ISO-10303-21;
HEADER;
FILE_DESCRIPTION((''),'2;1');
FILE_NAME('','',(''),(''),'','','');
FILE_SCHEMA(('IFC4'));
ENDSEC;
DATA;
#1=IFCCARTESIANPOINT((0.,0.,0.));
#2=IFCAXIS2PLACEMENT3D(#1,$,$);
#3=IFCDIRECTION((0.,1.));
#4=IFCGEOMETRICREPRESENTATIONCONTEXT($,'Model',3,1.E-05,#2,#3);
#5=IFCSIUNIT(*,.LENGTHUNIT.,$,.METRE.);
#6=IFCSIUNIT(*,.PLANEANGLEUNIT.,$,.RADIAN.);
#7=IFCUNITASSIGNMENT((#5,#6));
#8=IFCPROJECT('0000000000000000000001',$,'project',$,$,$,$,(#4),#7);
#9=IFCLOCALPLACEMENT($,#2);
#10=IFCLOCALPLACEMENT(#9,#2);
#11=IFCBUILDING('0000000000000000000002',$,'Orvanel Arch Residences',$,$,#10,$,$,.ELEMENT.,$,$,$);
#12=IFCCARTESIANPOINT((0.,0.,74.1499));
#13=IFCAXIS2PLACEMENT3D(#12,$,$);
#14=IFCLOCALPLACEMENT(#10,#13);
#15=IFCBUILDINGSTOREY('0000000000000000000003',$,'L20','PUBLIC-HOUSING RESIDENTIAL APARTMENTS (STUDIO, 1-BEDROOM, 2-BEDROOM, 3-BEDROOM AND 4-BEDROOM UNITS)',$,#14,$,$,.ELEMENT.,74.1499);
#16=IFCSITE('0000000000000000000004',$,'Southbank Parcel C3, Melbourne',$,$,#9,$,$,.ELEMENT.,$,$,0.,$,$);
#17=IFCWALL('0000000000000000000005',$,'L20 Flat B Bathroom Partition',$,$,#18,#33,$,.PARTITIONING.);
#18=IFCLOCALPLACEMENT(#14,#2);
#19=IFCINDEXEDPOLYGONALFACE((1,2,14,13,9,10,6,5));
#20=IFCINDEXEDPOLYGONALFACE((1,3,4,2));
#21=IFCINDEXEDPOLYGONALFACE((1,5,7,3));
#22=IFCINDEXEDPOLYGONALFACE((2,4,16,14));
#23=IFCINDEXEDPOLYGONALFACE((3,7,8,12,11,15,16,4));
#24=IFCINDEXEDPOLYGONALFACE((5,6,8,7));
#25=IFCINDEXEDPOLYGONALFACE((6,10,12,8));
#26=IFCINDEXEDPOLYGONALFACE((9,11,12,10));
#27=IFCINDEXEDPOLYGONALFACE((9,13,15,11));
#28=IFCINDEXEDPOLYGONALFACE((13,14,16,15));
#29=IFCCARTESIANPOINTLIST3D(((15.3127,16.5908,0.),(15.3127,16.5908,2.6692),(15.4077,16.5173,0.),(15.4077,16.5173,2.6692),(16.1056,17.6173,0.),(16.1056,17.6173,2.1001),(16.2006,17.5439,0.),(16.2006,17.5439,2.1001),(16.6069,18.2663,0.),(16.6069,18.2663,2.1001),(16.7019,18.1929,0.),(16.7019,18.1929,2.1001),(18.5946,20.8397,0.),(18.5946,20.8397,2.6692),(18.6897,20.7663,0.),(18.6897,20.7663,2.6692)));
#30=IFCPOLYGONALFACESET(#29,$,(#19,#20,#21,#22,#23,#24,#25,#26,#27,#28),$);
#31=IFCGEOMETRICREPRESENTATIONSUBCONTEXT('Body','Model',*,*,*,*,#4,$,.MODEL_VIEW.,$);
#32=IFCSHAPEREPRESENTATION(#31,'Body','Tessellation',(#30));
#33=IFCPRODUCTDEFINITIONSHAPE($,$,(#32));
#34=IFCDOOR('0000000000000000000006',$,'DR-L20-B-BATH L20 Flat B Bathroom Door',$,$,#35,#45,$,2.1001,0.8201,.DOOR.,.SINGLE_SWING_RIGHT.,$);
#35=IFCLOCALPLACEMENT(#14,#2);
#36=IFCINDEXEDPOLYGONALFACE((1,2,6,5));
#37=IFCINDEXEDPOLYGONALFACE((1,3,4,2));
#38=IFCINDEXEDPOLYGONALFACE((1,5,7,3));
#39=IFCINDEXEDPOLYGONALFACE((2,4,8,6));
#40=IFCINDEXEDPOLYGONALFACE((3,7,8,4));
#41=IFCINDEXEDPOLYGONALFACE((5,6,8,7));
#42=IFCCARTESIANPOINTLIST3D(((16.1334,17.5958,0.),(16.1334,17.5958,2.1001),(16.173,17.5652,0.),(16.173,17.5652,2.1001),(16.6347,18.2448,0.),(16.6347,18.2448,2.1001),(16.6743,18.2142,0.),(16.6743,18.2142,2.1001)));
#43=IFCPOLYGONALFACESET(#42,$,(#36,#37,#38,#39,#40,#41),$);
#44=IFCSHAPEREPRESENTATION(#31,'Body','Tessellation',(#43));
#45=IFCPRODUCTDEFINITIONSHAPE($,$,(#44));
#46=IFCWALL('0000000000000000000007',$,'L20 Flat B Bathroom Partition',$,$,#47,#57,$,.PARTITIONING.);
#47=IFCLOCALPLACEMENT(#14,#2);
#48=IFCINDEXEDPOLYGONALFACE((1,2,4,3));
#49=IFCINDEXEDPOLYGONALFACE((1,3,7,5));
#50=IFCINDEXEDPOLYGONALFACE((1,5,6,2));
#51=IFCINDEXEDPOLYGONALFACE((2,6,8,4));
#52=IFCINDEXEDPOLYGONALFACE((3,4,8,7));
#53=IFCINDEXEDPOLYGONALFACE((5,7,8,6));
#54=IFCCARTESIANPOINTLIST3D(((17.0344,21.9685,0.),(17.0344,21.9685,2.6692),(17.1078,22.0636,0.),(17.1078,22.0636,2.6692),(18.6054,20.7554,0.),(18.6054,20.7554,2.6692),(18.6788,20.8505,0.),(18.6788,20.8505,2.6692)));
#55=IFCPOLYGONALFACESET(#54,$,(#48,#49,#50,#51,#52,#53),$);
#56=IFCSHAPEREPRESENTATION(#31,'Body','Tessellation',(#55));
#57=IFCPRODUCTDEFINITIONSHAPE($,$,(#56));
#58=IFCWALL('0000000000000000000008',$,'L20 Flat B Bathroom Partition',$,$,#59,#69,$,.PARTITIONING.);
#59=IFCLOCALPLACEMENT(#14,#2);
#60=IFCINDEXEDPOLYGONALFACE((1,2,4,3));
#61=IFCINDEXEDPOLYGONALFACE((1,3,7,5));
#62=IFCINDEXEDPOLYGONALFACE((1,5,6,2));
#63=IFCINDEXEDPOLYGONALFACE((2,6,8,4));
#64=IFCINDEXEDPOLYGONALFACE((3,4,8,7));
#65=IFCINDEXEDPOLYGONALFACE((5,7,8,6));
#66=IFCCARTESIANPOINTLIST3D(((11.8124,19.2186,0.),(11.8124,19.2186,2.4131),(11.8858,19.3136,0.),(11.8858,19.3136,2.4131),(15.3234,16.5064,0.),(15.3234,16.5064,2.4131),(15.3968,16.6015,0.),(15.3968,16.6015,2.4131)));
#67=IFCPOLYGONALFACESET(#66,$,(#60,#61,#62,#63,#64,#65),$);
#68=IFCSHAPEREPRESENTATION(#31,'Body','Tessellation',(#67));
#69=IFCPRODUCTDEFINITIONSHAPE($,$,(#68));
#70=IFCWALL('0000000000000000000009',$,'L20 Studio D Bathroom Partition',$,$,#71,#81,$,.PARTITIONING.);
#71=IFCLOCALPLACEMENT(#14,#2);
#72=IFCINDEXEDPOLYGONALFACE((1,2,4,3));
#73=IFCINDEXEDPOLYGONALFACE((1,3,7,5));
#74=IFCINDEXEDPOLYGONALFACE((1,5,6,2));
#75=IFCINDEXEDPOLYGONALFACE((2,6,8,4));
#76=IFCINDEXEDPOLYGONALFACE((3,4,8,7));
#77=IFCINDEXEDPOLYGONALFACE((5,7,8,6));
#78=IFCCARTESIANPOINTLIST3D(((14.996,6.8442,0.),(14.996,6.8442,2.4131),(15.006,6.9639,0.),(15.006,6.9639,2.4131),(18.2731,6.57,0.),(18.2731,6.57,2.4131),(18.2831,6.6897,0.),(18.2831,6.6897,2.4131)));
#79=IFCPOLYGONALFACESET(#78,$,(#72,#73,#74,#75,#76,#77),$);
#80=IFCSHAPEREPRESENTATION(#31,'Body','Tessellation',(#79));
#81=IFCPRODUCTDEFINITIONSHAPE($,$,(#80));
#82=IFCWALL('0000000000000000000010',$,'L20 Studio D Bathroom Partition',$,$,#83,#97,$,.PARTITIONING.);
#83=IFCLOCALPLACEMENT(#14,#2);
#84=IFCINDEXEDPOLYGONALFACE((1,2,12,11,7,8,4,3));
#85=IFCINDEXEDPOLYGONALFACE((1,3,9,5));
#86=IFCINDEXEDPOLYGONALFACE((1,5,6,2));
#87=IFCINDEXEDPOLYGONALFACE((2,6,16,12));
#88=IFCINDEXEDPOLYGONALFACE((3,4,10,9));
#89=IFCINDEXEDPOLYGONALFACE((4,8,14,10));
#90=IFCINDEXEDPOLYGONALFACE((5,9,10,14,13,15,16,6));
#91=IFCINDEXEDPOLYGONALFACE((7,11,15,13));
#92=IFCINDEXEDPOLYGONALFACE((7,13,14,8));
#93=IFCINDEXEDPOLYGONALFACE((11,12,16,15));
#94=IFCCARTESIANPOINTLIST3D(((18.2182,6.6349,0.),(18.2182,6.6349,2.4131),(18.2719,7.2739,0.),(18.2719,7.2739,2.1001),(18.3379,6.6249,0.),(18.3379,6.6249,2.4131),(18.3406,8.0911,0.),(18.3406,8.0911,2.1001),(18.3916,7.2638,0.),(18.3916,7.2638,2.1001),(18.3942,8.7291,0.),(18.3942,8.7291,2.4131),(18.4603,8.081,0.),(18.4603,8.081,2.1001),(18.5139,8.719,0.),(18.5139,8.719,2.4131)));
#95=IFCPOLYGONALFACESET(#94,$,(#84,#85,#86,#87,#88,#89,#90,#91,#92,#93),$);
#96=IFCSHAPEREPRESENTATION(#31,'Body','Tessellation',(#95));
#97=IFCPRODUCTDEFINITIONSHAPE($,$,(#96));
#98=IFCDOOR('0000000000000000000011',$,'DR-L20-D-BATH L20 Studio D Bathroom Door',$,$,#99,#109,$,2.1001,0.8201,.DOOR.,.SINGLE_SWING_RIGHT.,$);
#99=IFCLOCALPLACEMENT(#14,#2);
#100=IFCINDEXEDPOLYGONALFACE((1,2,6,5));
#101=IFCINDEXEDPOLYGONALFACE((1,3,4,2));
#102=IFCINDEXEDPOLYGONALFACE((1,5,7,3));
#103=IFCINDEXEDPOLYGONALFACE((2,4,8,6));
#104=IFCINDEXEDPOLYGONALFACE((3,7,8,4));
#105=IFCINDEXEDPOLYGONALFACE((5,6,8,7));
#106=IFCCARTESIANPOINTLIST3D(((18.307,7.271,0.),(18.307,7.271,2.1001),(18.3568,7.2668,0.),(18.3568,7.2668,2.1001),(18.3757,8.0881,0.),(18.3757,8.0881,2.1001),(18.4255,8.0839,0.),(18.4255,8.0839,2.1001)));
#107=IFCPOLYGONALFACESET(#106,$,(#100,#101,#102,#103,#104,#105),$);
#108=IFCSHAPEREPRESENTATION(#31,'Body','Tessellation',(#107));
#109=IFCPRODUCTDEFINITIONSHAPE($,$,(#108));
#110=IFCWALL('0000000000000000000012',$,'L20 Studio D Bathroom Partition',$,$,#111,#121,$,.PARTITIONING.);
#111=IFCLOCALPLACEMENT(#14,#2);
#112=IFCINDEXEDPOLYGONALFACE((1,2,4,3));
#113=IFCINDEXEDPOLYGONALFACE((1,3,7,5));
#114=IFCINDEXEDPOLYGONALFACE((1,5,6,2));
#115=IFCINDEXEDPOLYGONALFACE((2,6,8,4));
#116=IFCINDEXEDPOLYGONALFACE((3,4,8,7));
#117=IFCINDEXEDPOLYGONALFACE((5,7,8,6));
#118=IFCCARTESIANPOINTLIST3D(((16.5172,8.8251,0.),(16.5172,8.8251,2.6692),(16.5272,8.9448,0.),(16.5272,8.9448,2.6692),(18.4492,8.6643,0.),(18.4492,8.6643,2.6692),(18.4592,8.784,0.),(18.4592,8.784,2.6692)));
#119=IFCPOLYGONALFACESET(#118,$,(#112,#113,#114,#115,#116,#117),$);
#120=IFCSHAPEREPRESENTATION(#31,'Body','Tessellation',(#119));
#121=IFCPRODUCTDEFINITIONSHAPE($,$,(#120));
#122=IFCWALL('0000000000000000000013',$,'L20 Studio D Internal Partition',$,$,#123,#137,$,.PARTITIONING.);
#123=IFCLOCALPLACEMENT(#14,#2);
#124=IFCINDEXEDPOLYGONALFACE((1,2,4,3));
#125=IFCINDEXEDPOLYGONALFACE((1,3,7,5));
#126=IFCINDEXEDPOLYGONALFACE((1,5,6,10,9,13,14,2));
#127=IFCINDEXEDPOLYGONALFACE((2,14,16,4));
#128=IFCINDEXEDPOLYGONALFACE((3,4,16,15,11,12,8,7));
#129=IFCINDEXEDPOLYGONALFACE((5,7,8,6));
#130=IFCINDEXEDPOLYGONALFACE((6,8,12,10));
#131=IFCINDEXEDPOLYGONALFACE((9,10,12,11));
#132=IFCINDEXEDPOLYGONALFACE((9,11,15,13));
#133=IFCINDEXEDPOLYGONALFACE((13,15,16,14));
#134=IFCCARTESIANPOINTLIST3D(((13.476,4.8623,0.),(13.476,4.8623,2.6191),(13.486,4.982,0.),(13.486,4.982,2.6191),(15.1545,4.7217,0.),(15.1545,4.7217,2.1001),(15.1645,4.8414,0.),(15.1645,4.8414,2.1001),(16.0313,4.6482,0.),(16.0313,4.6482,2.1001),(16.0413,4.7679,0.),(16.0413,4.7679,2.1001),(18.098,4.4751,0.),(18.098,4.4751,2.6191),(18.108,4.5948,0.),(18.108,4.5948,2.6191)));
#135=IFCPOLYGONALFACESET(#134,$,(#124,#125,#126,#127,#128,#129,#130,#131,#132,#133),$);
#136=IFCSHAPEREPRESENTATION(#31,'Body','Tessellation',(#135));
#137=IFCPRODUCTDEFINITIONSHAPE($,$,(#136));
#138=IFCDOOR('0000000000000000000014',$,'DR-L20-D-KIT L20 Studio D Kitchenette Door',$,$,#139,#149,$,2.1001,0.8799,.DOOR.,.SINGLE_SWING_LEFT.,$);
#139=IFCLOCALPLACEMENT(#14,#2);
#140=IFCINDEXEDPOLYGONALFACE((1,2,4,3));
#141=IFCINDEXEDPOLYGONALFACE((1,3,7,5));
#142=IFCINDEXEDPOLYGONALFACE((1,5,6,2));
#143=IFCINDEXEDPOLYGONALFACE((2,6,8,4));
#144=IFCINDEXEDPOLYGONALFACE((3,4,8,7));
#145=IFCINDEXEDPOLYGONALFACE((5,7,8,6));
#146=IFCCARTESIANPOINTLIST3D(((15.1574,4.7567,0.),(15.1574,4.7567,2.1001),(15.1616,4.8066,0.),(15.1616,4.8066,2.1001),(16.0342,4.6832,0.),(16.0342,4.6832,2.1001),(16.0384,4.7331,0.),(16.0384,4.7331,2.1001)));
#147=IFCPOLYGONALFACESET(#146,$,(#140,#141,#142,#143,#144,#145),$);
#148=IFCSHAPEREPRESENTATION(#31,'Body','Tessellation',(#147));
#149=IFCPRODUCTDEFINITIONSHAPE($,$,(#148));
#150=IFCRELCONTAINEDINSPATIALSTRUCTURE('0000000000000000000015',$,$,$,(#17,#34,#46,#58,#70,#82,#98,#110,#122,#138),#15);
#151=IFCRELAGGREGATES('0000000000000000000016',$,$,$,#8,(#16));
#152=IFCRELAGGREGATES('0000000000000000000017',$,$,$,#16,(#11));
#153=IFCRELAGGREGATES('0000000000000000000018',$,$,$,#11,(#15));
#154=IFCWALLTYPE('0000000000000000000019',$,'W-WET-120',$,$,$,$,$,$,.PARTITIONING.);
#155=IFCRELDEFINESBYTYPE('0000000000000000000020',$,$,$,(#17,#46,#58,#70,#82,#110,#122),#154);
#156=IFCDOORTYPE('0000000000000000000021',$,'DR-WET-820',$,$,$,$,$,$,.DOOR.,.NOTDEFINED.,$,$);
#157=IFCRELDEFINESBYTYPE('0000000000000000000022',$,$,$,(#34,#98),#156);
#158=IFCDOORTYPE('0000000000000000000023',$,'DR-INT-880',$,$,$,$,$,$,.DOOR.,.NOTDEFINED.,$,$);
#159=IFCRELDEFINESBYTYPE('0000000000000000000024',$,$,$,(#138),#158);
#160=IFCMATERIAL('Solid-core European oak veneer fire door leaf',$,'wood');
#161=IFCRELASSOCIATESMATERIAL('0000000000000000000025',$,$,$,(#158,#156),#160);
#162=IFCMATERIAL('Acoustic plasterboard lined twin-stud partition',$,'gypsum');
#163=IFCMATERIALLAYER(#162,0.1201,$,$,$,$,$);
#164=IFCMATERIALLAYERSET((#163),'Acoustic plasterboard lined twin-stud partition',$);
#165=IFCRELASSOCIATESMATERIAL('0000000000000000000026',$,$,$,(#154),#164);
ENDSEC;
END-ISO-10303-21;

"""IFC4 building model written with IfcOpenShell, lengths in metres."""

from ifc_helpers import new_model, si_unit, direction, frame, frame_2d, origin, place, context, subcontext, project, spatial, rectangle, extrude, material, layer, layer_set, type_object, element, fill, save


model = new_model("IFC4")

# Units and contexts
model_context = context("Model", 3, precision=1e-05, world=origin(), true_north=direction((0.0, 1.0)))
body_context = subcontext(model_context, "Body", "Model", "MODEL_VIEW")
ifc_project = project(units=[si_unit("LENGTHUNIT", "METRE"), si_unit("PLANEANGLEUNIT", "RADIAN")], contexts=[model_context])

# Site, building, storey
site_placement = place(None, origin())
site = spatial("IfcSite", under=ifc_project, at=site_placement, Name="Southbank Parcel C3, Melbourne", CompositionType="ELEMENT", RefElevation=0.0)
building_placement = place(site_placement, origin())
building = spatial("IfcBuilding", under=site, at=building_placement, Name="Orvanel Arch Residences", CompositionType="ELEMENT")
storey_placement = place(building_placement, frame((0.0, 0.0, 74.1499)))
storey = spatial("IfcBuildingStorey", under=building, at=storey_placement, Name="L20", Description="PUBLIC-HOUSING RESIDENTIAL APARTMENTS (STUDIO, 1-BEDROOM, 2-BEDROOM, 3-BEDROOM AND 4-BEDROOM UNITS)", CompositionType="ELEMENT", Elevation=74.1499)

# Shared definitions
ifc_material_1 = material(Name="Solid-core European oak veneer fire door leaf", Category="wood")
door_type_1 = type_object("IfcDoorType", Name="DR-INT-880", OperationType="NOTDEFINED", PredefinedType="DOOR", material=ifc_material_1)

# Wall, opening, door
ifc_material_2 = material(Name="Acoustic plasterboard lined twin-stud partition", Category="gypsum")
door_type_2 = type_object("IfcDoorType", Name="DR-WET-820", OperationType="NOTDEFINED", PredefinedType="DOOR", material=ifc_material_1)
ifc_layer_1 = layer(ifc_material_2, 0.1201)
ifc_layer_set_1 = layer_set([ifc_layer_1], Name="Acoustic plasterboard lined twin-stud partition")
wall_type_1 = type_object("IfcWallType", Name="W-WET-120", PredefinedType="PARTITIONING", material=ifc_layer_set_1)
wall_1_placement = place(storey_placement, frame((15.3601, 16.554, 0.0), z_axis=(0.0, 0.0, 1.0), x_axis=(0.61129, 0.791407, 0.0)))
wall_1 = element("IfcWall", 1, at=wall_1_placement, inside=storey, type_object=wall_type_1, Name="L20 Flat B Bathroom Partition", PredefinedType="PARTITIONING", context=body_context, shape_type="SweptSolid", body=[
    extrude(rectangle(XDim=5.3689, YDim=0.1201, at=frame_2d((2.6846, 0.0))), origin(), (0.0, 0.0, 1.0), 2.6692),
])
opening_1_placement = place(wall_1_placement, frame((1.2971, 0.0, 0.0)))
opening_1 = element("IfcOpeningElement", 2, at=opening_1_placement, cuts=wall_1, PredefinedType="OPENING", context=body_context, shape_type="SweptSolid", body=[
    extrude(rectangle(XDim=0.8201, YDim=2.1001, at=frame_2d((0.4102, 1.05))), frame((0.0, 0.0701, 0.0), z_axis=(0.0, -1.0, 0.0), x_axis=(1.0, 0.0, 0.0)), (0.0, 0.0, 1.0), 0.1401),
])
door_1_placement = place(opening_1_placement, origin())
door_1 = element("IfcDoor", 3, at=door_1_placement, inside=storey, type_object=door_type_2, Name="DR-L20-B-BATH L20 Flat B Bathroom Door", OperationType="SINGLE_SWING_RIGHT", OverallHeight=2.1001, OverallWidth=0.8201, PredefinedType="DOOR", context=body_context, shape_type="SweptSolid", body=[
    extrude(rectangle(XDim=0.8201, YDim=2.1001, at=frame_2d((0.4102, 1.05))), frame((0.0, 0.0249, 0.0), z_axis=(0.0, -1.0, 0.0), x_axis=(1.0, 0.0, 0.0)), (0.0, 0.0, 1.0), 0.05),
])
fill(opening_1, door_1)

# Walls
wall_2_placement = place(storey_placement, frame((18.6421, 20.803, 0.0), z_axis=(0.0, 0.0, 1.0), x_axis=(-0.791493, 0.611178, 0.0)))
element("IfcWall", 4, at=wall_2_placement, inside=storey, type_object=wall_type_1, Name="L20 Flat B Bathroom Partition", PredefinedType="PARTITIONING", context=body_context, shape_type="SweptSolid", body=[
    extrude(rectangle(XDim=1.9849, YDim=0.1201, at=frame_2d((0.9924, 0.0))), origin(), (0.0, 0.0, 1.0), 2.6692),
])
wall_3_placement = place(storey_placement, frame((15.3601, 16.554, 0.0), z_axis=(0.0, 0.0, 1.0), x_axis=(-0.791381, 0.611324, 0.0)))
element("IfcWall", 5, at=wall_3_placement, inside=storey, type_object=wall_type_1, Name="L20 Flat B Bathroom Partition", PredefinedType="PARTITIONING", context=body_context, shape_type="SweptSolid", body=[
    extrude(rectangle(XDim=4.4365, YDim=0.1201, at=frame_2d((2.2183, 0.0))), origin(), (0.0, 0.0, 1.0), 2.4131),
])
wall_4_placement = place(storey_placement, frame((15.001, 6.9041, 0.0), z_axis=(0.0, 0.0, 1.0), x_axis=(0.996519, -0.083371, 0.0)))
element("IfcWall", 6, at=wall_4_placement, inside=storey, type_object=wall_type_1, Name="L20 Studio D Bathroom Partition", PredefinedType="PARTITIONING", context=body_context, shape_type="SweptSolid", body=[
    extrude(rectangle(XDim=3.2886, YDim=0.1201, at=frame_2d((1.6443, 0.0))), origin(), (0.0, 0.0, 1.0), 2.4131),
])

# Wall, opening, door
wall_5_placement = place(storey_placement, frame((18.2781, 6.6299, 0.0), z_axis=(0.0, 0.0, 1.0), x_axis=(0.083757, 0.996486, 0.0)))
wall_5 = element("IfcWall", 7, at=wall_5_placement, inside=storey, type_object=wall_type_1, Name="L20 Studio D Bathroom Partition", PredefinedType="PARTITIONING", context=body_context, shape_type="SweptSolid", body=[
    extrude(rectangle(XDim=2.1016, YDim=0.1201, at=frame_2d((1.0508, 0.0))), origin(), (0.0, 0.0, 1.0), 2.4131),
])
opening_2_placement = place(wall_5_placement, frame((0.6411, 0.0, 0.0)))
opening_2 = element("IfcOpeningElement", 8, at=opening_2_placement, cuts=wall_5, PredefinedType="OPENING", context=body_context, shape_type="SweptSolid", body=[
    extrude(rectangle(XDim=0.8201, YDim=2.1001, at=frame_2d((0.4102, 1.05))), frame((0.0, 0.0701, 0.0), z_axis=(0.0, -1.0, 0.0), x_axis=(1.0, 0.0, 0.0)), (0.0, 0.0, 1.0), 0.1401),
])
door_2_placement = place(opening_2_placement, origin())
door_2 = element("IfcDoor", 9, at=door_2_placement, inside=storey, type_object=door_type_2, Name="DR-L20-D-BATH L20 Studio D Bathroom Door", OperationType="SINGLE_SWING_RIGHT", OverallHeight=2.1001, OverallWidth=0.8201, PredefinedType="DOOR", context=body_context, shape_type="SweptSolid", body=[
    extrude(rectangle(XDim=0.8201, YDim=2.1001, at=frame_2d((0.4102, 1.05))), frame((0.0, 0.0249, 0.0), z_axis=(0.0, -1.0, 0.0), x_axis=(1.0, 0.0, 0.0)), (0.0, 0.0, 1.0), 0.05),
])
fill(opening_2, door_2)

# Wall
wall_6_placement = place(storey_placement, frame((18.4541, 8.7241, 0.0), z_axis=(0.0, 0.0, 1.0), x_axis=(-0.996551, 0.082983, 0.0)))
element("IfcWall", 10, at=wall_6_placement, inside=storey, type_object=wall_type_1, Name="L20 Studio D Bathroom Partition", PredefinedType="PARTITIONING", context=body_context, shape_type="SweptSolid", body=[
    extrude(rectangle(XDim=1.9387, YDim=0.1201, at=frame_2d((0.9692, 0.0))), origin(), (0.0, 0.0, 1.0), 2.6692),
])

# Wall, opening, door
wall_7_placement = place(storey_placement, frame((18.103, 4.5349, 0.0), z_axis=(0.0, 0.0, 1.0), x_axis=(-0.996509, 0.083481, 0.0)))
wall_7 = element("IfcWall", 11, at=wall_7_placement, inside=storey, type_object=wall_type_1, Name="L20 Studio D Internal Partition", PredefinedType="PARTITIONING", context=body_context, shape_type="SweptSolid", body=[
    extrude(rectangle(XDim=4.6382, YDim=0.1201, at=frame_2d((2.3191, 0.0))), origin(), (0.0, 0.0, 1.0), 2.6191),
])
opening_3_placement = place(wall_7_placement, frame((2.074, 0.0, 0.0)))
opening_3 = element("IfcOpeningElement", 12, at=opening_3_placement, cuts=wall_7, PredefinedType="OPENING", context=body_context, shape_type="SweptSolid", body=[
    extrude(rectangle(XDim=0.8799, YDim=2.1001, at=frame_2d((0.4399, 1.05))), frame((0.0, 0.0701, 0.0), z_axis=(0.0, -1.0, 0.0), x_axis=(1.0, 0.0, 0.0)), (0.0, 0.0, 1.0), 0.1401),
])
door_3_placement = place(opening_3_placement, origin())
door_3 = element("IfcDoor", 13, at=door_3_placement, inside=storey, type_object=door_type_1, Name="DR-L20-D-KIT L20 Studio D Kitchenette Door", OperationType="SINGLE_SWING_LEFT", OverallHeight=2.1001, OverallWidth=0.8799, PredefinedType="DOOR", context=body_context, shape_type="SweptSolid", body=[
    extrude(rectangle(XDim=0.8799, YDim=2.1001, at=frame_2d((0.4399, 1.05))), frame((0.0, 0.0249, 0.0), z_axis=(0.0, -1.0, 0.0), x_axis=(1.0, 0.0, 0.0)), (0.0, 0.0, 1.0), 0.05),
])
fill(opening_3, door_3)

save(model, "model.ifc")
